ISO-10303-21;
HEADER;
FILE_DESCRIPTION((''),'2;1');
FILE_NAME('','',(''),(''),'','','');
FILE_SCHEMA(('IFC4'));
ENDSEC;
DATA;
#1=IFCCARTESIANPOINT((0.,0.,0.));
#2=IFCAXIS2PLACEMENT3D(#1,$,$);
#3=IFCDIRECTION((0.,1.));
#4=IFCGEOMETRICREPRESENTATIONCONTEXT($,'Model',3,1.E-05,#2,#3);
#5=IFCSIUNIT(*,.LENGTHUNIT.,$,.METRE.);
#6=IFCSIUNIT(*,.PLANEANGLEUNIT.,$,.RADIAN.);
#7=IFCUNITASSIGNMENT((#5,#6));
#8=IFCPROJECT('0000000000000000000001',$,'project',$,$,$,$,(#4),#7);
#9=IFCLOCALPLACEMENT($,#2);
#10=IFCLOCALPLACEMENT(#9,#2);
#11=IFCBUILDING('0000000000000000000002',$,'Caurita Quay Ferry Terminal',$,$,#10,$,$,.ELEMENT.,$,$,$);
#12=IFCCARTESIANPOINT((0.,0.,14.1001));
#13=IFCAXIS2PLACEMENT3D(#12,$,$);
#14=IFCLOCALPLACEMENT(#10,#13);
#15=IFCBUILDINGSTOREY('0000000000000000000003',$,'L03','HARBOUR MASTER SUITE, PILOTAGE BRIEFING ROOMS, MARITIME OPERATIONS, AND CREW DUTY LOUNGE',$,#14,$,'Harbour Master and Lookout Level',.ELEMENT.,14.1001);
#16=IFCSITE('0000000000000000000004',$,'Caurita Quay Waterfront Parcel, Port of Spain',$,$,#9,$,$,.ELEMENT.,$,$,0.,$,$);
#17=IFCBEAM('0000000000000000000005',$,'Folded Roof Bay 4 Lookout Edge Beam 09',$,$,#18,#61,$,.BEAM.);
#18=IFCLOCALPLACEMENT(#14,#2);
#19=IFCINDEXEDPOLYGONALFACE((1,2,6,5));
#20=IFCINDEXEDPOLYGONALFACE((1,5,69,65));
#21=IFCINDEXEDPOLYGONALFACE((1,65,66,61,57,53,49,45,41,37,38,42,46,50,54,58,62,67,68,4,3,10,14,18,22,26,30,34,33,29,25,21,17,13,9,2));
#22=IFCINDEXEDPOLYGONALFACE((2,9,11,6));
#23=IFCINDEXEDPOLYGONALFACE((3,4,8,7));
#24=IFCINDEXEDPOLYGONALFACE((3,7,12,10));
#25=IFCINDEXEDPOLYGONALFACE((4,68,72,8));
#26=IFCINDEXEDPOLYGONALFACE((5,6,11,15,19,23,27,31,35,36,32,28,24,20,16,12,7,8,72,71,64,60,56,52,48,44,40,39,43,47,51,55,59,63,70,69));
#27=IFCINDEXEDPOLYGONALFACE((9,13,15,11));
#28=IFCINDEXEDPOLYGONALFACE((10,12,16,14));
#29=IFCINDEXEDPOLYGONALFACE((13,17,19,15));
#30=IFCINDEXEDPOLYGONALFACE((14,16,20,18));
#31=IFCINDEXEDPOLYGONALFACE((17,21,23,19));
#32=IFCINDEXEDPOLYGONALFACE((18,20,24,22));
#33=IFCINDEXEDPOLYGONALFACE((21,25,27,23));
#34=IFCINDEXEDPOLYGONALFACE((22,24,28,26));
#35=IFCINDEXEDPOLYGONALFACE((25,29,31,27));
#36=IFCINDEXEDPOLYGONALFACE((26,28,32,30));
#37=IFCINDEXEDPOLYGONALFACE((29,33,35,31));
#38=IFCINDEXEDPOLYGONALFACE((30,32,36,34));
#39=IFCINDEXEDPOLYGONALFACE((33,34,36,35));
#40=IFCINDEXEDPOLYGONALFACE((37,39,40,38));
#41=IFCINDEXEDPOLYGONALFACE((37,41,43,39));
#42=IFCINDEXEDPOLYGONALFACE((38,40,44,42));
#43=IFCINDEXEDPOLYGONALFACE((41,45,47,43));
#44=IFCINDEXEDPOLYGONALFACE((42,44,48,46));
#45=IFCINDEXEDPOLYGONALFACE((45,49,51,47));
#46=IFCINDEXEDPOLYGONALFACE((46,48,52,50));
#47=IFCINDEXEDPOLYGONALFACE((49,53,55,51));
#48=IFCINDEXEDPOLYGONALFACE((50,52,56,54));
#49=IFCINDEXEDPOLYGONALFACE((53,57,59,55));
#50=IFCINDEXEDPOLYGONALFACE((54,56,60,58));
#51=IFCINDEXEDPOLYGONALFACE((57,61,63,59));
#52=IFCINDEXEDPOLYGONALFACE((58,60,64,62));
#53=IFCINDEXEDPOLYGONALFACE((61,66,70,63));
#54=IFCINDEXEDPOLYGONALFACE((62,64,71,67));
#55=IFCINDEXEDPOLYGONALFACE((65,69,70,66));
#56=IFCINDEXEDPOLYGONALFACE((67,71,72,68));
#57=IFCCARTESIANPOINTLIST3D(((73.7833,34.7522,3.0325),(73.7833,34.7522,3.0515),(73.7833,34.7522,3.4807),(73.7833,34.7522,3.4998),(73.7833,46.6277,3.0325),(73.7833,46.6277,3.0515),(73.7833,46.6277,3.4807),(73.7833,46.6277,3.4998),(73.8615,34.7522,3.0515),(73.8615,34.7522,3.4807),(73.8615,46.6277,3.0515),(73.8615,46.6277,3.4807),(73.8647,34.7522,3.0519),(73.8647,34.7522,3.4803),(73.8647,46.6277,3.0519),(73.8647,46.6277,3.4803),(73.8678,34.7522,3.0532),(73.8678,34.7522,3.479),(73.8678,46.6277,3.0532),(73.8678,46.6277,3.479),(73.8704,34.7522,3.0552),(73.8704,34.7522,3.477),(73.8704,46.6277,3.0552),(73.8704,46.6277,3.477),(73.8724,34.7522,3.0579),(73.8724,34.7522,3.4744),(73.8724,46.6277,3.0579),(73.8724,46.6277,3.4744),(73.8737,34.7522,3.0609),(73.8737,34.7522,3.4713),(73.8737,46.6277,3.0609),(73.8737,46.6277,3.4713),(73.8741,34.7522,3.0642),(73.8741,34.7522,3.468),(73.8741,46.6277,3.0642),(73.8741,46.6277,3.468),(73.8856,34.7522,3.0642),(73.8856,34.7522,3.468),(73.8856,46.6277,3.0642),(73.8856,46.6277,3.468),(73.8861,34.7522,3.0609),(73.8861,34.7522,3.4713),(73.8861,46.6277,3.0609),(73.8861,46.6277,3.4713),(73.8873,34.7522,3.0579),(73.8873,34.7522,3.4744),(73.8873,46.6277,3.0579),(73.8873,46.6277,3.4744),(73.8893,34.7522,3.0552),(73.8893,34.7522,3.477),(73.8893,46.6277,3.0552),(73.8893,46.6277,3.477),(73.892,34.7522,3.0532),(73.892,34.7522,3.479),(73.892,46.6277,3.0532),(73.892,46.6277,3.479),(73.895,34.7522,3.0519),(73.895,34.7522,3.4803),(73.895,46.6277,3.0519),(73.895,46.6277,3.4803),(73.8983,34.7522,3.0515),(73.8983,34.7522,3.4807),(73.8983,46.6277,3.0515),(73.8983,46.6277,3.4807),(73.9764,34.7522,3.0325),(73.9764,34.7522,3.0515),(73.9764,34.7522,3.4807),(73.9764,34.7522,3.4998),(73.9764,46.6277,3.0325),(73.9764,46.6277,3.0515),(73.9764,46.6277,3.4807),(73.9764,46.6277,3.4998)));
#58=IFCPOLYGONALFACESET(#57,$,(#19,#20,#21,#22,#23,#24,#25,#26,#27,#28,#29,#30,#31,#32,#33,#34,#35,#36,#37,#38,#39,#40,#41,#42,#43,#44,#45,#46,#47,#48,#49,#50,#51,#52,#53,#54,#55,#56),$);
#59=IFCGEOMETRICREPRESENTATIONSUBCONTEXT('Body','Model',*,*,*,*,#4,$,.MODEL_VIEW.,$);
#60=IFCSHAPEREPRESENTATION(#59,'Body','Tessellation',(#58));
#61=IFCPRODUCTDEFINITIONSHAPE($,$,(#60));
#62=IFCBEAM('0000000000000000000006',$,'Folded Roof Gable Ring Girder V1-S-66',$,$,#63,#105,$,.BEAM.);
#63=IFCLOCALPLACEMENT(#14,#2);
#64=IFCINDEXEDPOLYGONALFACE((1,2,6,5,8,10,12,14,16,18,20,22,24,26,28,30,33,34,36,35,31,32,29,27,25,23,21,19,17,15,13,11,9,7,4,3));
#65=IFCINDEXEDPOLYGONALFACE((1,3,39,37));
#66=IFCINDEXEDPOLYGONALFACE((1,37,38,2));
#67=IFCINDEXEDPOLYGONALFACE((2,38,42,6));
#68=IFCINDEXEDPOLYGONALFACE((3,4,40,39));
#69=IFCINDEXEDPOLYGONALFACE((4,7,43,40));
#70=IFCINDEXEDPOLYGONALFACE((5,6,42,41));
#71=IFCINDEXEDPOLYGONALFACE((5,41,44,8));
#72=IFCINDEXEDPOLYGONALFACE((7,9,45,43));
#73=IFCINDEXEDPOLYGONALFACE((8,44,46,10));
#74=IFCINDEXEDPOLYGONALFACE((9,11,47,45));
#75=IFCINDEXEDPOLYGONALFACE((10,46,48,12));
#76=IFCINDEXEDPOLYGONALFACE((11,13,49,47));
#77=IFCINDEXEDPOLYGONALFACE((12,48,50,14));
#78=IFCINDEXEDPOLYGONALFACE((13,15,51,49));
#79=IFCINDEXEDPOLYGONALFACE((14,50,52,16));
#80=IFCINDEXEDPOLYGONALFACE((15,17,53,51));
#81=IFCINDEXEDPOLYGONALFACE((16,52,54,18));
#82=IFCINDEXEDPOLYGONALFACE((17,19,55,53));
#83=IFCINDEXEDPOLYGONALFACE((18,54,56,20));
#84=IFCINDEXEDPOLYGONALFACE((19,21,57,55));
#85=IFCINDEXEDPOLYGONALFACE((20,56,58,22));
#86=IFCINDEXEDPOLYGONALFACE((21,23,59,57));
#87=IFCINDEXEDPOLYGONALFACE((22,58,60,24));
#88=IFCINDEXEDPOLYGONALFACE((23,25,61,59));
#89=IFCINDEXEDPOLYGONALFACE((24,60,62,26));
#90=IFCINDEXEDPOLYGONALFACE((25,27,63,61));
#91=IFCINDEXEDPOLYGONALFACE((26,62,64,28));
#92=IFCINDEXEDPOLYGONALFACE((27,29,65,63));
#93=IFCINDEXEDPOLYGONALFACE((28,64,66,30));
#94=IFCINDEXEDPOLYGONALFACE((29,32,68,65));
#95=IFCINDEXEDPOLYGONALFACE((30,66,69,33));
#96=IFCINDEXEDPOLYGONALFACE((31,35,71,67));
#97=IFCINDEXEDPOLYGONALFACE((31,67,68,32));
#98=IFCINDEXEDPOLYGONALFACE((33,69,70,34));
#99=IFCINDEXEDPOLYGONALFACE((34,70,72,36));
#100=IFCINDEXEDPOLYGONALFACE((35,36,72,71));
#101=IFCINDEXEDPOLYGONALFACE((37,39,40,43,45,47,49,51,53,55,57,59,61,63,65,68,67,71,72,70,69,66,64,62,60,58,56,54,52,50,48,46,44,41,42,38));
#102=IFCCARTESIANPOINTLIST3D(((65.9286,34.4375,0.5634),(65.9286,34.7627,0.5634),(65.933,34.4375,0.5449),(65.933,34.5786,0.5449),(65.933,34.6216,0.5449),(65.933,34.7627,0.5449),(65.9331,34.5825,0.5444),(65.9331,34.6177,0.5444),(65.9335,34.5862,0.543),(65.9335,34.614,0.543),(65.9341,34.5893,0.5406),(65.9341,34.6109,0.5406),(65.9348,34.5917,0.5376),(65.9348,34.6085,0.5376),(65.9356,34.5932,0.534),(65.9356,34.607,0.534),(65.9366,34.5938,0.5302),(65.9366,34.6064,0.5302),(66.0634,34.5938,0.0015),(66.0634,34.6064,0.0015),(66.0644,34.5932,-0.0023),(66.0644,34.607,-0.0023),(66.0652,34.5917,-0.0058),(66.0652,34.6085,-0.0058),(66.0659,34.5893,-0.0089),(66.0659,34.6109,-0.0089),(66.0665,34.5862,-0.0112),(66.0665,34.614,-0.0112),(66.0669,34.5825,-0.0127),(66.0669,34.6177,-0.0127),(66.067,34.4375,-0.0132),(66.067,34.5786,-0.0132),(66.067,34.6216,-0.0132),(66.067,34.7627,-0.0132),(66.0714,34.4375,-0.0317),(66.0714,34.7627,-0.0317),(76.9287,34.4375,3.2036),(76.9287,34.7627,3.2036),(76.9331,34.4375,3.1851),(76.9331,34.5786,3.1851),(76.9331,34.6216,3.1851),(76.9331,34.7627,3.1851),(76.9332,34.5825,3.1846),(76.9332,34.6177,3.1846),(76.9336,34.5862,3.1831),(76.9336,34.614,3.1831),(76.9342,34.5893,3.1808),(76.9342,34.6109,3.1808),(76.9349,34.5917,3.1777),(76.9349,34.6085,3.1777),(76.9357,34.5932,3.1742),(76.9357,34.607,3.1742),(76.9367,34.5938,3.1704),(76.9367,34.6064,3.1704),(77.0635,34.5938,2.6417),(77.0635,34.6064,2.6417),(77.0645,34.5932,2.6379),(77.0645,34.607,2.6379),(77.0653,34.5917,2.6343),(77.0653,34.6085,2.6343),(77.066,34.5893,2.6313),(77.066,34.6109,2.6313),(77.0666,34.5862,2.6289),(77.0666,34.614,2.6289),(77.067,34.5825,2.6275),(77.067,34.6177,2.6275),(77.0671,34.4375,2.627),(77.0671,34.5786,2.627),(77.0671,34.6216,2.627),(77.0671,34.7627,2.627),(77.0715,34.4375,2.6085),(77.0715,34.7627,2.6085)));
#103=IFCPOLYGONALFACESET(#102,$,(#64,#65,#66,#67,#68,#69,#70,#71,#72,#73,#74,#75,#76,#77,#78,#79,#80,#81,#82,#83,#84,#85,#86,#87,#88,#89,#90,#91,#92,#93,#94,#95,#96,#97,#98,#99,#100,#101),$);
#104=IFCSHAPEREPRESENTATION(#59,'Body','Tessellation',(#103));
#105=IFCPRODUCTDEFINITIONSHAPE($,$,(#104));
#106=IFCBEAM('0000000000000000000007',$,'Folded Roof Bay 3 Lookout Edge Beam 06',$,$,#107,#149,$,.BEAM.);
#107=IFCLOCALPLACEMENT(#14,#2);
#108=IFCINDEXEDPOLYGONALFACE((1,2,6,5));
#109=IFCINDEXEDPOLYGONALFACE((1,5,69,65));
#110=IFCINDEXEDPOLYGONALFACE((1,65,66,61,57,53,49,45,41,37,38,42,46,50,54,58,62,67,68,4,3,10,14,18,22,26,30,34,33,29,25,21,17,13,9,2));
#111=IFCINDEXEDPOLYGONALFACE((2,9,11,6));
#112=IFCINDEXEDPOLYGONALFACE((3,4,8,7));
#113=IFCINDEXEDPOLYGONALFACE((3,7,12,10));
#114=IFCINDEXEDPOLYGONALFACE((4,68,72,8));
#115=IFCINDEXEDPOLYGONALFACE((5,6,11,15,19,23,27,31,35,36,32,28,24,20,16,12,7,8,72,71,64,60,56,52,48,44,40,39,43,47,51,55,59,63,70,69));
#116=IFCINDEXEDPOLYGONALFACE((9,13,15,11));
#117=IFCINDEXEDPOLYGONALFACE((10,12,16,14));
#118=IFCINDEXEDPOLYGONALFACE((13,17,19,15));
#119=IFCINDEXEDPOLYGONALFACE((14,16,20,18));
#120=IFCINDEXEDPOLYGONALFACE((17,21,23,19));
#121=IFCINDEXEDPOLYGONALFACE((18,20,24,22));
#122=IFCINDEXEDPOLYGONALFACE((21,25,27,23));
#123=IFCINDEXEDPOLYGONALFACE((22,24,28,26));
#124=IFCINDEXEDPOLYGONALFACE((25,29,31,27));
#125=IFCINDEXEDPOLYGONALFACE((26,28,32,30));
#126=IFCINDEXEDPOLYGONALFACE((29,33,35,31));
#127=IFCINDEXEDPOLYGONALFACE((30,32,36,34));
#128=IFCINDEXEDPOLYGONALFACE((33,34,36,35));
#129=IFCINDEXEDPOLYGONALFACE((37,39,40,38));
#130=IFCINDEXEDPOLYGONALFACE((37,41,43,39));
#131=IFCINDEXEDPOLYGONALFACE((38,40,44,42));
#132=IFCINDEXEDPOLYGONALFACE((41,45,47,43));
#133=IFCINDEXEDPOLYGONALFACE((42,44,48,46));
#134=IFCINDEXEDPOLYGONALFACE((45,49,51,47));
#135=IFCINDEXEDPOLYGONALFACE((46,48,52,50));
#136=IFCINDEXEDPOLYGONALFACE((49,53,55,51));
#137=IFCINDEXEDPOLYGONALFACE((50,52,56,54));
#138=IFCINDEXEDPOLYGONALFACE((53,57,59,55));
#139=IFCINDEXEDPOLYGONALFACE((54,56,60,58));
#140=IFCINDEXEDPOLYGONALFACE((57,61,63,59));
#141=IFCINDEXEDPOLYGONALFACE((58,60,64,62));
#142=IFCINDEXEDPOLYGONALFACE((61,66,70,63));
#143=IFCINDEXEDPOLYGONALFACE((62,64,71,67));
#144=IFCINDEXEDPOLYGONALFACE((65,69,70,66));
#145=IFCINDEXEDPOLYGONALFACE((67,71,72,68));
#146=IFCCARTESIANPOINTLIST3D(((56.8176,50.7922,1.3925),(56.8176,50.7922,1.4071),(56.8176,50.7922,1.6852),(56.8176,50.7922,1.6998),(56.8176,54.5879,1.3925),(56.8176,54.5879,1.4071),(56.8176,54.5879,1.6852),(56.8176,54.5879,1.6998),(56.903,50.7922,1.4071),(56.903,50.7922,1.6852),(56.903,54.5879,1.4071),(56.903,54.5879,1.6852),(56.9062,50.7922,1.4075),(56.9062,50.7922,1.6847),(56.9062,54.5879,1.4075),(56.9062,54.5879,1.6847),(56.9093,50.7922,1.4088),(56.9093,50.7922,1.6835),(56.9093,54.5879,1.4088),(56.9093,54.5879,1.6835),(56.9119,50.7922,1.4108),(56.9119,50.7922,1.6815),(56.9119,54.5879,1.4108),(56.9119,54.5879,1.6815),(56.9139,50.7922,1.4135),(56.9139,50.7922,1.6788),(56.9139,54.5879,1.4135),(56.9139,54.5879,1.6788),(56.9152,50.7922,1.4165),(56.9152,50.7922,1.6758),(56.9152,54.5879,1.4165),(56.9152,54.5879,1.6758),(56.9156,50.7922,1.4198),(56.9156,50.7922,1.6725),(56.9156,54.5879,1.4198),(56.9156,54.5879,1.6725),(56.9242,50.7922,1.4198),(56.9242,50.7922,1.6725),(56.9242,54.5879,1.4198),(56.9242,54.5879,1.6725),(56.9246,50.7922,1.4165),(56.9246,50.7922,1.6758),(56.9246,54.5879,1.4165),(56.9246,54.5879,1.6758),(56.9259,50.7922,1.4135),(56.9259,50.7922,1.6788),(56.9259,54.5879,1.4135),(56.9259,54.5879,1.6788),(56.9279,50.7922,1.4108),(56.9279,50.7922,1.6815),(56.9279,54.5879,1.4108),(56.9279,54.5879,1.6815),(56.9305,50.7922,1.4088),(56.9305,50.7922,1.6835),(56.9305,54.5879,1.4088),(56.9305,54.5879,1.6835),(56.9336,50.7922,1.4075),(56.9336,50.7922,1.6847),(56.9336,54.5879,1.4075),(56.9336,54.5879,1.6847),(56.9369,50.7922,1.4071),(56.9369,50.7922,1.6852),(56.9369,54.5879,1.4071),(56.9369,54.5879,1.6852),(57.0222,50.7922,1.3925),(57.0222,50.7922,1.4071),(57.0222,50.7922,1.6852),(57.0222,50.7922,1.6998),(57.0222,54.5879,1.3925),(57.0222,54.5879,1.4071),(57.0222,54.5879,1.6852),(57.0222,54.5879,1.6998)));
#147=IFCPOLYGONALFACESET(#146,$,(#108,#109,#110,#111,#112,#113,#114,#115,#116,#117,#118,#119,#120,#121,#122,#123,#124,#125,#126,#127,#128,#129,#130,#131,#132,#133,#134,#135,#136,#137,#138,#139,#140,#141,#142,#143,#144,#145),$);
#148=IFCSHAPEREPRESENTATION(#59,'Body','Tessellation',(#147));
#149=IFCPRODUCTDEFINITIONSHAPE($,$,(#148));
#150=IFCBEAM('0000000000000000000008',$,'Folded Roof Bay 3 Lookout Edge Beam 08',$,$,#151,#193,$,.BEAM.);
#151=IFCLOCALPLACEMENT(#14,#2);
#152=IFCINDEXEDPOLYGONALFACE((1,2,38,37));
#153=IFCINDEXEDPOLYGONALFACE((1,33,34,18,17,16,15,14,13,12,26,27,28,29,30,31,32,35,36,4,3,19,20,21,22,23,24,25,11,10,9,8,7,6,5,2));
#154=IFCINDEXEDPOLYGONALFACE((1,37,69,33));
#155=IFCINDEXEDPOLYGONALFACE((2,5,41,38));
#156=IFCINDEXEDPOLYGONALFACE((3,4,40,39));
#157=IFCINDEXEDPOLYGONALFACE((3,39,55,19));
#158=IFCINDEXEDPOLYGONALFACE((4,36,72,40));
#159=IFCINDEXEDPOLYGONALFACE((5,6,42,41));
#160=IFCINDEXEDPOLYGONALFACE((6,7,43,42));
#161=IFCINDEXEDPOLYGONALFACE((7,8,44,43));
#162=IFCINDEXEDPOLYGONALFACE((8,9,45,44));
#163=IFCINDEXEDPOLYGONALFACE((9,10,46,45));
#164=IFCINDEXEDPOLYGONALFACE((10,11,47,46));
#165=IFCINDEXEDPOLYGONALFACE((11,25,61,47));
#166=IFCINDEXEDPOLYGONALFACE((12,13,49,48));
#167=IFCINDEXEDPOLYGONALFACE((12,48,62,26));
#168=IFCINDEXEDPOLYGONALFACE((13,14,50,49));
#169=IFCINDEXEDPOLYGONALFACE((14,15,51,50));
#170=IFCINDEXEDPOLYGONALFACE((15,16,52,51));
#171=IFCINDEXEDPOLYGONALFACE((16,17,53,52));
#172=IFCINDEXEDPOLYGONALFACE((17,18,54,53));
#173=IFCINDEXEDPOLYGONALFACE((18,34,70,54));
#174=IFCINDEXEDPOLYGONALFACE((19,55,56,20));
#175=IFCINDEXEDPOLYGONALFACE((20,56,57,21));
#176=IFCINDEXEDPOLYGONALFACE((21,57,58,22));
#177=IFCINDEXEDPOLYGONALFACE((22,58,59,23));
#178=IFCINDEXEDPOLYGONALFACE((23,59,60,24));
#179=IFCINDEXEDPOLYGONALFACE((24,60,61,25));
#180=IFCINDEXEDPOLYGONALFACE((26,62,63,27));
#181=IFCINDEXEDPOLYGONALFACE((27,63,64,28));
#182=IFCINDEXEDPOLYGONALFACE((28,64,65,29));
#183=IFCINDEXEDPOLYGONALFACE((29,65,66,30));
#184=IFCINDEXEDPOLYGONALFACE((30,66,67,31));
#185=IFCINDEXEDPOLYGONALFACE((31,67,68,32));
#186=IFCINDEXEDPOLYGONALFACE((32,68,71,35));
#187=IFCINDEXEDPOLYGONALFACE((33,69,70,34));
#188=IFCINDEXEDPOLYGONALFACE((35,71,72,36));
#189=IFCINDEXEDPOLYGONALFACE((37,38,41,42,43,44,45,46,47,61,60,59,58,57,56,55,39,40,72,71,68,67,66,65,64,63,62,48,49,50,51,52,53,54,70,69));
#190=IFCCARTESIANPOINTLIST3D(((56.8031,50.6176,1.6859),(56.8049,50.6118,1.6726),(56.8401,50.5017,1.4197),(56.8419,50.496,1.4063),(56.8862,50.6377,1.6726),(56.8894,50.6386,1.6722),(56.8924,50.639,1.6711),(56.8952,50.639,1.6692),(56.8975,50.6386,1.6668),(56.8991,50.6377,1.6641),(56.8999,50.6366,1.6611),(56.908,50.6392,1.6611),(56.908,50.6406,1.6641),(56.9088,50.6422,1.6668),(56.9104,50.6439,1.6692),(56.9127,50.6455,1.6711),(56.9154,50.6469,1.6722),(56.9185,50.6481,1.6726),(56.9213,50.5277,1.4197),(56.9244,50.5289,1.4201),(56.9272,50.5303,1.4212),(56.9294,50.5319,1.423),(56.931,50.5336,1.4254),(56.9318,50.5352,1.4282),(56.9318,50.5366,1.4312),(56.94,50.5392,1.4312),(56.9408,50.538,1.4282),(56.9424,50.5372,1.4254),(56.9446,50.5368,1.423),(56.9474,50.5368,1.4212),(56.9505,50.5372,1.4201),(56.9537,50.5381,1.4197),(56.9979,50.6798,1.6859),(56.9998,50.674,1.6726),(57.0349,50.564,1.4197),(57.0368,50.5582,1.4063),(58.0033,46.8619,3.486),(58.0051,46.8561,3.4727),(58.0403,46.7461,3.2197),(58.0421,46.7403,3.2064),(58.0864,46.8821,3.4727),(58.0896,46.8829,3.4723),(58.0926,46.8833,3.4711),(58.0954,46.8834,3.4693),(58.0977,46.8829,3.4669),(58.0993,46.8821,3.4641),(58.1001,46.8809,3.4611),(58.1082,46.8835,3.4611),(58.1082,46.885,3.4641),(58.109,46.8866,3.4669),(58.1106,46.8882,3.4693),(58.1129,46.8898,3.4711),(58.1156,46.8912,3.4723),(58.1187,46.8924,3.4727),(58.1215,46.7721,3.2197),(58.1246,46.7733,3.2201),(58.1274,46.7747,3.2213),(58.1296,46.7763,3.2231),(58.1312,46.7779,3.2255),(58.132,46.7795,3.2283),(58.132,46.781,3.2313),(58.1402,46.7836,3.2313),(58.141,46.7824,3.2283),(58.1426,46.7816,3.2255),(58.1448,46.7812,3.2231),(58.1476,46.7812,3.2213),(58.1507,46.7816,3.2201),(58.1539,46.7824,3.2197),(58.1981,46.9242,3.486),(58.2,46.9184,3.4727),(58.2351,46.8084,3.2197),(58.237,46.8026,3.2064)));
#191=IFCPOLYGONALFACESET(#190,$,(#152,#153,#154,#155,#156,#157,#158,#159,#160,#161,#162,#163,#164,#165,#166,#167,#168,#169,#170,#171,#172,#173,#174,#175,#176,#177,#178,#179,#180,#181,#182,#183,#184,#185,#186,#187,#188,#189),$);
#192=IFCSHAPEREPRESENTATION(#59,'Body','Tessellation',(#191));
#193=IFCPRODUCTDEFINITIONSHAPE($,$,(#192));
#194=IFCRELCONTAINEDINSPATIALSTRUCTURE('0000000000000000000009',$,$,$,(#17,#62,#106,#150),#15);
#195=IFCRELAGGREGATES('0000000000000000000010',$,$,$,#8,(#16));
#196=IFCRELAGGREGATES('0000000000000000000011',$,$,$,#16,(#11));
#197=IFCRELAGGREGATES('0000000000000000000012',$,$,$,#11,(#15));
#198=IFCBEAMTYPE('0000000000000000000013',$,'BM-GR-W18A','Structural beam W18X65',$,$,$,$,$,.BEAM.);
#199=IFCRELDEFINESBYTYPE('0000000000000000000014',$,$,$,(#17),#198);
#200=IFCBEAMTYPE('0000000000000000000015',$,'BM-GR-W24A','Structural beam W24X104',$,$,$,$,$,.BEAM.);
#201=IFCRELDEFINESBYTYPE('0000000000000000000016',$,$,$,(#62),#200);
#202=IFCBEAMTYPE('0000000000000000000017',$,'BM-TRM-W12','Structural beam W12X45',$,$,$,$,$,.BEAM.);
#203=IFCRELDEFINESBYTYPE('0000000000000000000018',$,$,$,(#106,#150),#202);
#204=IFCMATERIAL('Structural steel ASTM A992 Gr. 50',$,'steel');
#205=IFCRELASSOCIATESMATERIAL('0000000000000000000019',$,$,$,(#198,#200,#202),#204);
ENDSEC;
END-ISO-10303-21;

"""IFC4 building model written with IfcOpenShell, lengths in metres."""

from ifc_helpers import new_model, si_unit, direction, frame, origin, origin_2d, place, context, subcontext, project, spatial, i_section, extrude, material, material_profile, profile_set, type_object, element, save


model = new_model("IFC4")

# Units and contexts
model_context = context("Model", 3, precision=1e-05, world=origin(), true_north=direction((0.0, 1.0)))
body_context = subcontext(model_context, "Body", "Model", "MODEL_VIEW")
ifc_project = project(units=[si_unit("LENGTHUNIT", "METRE"), si_unit("PLANEANGLEUNIT", "RADIAN")], contexts=[model_context])

# Site, building, storey
site_placement = place(None, origin())
site = spatial("IfcSite", under=ifc_project, at=site_placement, Name="Caurita Quay Waterfront Parcel, Port of Spain", CompositionType="ELEMENT", RefElevation=0.0)
building_placement = place(site_placement, origin())
building = spatial("IfcBuilding", under=site, at=building_placement, Name="Caurita Quay Ferry Terminal", CompositionType="ELEMENT")
storey_placement = place(building_placement, frame((0.0, 0.0, 14.1001)))
storey = spatial("IfcBuildingStorey", under=building, at=storey_placement, Name="L03", Description="HARBOUR MASTER SUITE, PILOTAGE BRIEFING ROOMS, MARITIME OPERATIONS, AND CREW DUTY LOUNGE", LongName="Harbour Master and Lookout Level", CompositionType="ELEMENT", Elevation=14.1001)

# Beams
ifc_material_1 = material(Name="Structural steel ASTM A992 Gr. 50", Category="steel")
ifc_material_profile_1 = material_profile(ifc_material_1, i_section(OverallWidth=0.1931, OverallDepth=0.4673, WebThickness=0.0115, FlangeThickness=0.019, FilletRadius=0.0127, at=origin_2d()), Name="W18X65")
ifc_profile_set_1 = profile_set([ifc_material_profile_1], Name="Structural steel ASTM A992 Gr. 50")
beam_type_1 = type_object("IfcBeamType", Name="BM-GR-W18A", Description="Structural beam W18X65", PredefinedType="BEAM", material=ifc_profile_set_1)
for number, where, z_axis, x_axis, name in (
    (1, (73.8799, 46.6277, 3.2661), (0.0, -1.0, 0.0), (1.0, 0.0, 0.0), "Folded Roof Bay 4 Lookout Edge Beam 09"),
):
    element("IfcBeam", number, at=place(storey_placement, frame(where, z_axis=z_axis, x_axis=x_axis)), inside=storey, type_object=beam_type_1, Name=name, PredefinedType="BEAM", context=body_context, shape_type="SweptSolid", body=[
        extrude(i_section(OverallWidth=0.1931, OverallDepth=0.4673, WebThickness=0.0115, FlangeThickness=0.019, FilletRadius=0.0127, at=origin_2d()), origin(), (0.0, 0.0, 1.0), 11.8755),
    ])
ifc_material_profile_2 = material_profile(ifc_material_1, i_section(OverallWidth=0.3252, OverallDepth=0.6121, WebThickness=0.0127, FlangeThickness=0.019, FilletRadius=0.0151, at=origin_2d()), Name="W24X104")
ifc_profile_set_2 = profile_set([ifc_material_profile_2], Name="Structural steel ASTM A992 Gr. 50")
beam_type_2 = type_object("IfcBeamType", Name="BM-GR-W24A", Description="Structural beam W24X104", PredefinedType="BEAM", material=ifc_profile_set_2)
beam_1_placement = place(storey_placement, frame((66.0, 34.6001, 0.2659), z_axis=(0.972385, 0.0, 0.233384), x_axis=(0.0, 1.0, 0.0)))
element("IfcBeam", 2, at=beam_1_placement, inside=storey, type_object=beam_type_2, Name="Folded Roof Gable Ring Girder V1-S-66", PredefinedType="BEAM", context=body_context, shape_type="SweptSolid", body=[
    extrude(i_section(OverallWidth=0.3252, OverallDepth=0.6121, WebThickness=0.0127, FlangeThickness=0.019, FilletRadius=0.0151, at=origin_2d()), origin(), (0.0, 0.0, 1.0), 11.3125),
])
ifc_material_profile_3 = material_profile(ifc_material_1, i_section(OverallWidth=0.2046, OverallDepth=0.3074, WebThickness=0.0085, FlangeThickness=0.0146, FilletRadius=0.0127, at=origin_2d()), Name="W12X45")
ifc_profile_set_3 = profile_set([ifc_material_profile_3], Name="Structural steel ASTM A992 Gr. 50")
beam_type_3 = type_object("IfcBeamType", Name="BM-TRM-W12", Description="Structural beam W12X45", PredefinedType="BEAM", material=ifc_profile_set_3)
beam_2_placement = place(storey_placement, frame((56.9199, 54.5879, 1.5461), z_axis=(0.0, -1.0, 0.0), x_axis=(1.0, 0.0, 0.0)))
element("IfcBeam", 3, at=beam_2_placement, inside=storey, type_object=beam_type_3, Name="Folded Roof Bay 3 Lookout Edge Beam 06", PredefinedType="BEAM", context=body_context, shape_type="SweptSolid", body=[
    extrude(i_section(OverallWidth=0.2046, OverallDepth=0.3074, WebThickness=0.0085, FlangeThickness=0.0146, FilletRadius=0.0127, at=origin_2d()), origin(), (0.0, 0.0, 1.0), 3.7957),
])
beam_3_placement = place(storey_placement, frame((56.9199, 50.5879, 1.5461), z_axis=(0.276913, -0.866507, 0.415313), x_axis=(0.952542, 0.304407, 0.0)))
element("IfcBeam", 4, at=beam_3_placement, inside=storey, type_object=beam_type_3, Name="Folded Roof Bay 3 Lookout Edge Beam 08", PredefinedType="BEAM", context=body_context, shape_type="SweptSolid", body=[
    extrude(i_section(OverallWidth=0.2046, OverallDepth=0.3074, WebThickness=0.0085, FlangeThickness=0.0146, FilletRadius=0.0127, at=origin_2d()), origin(), (0.0, 0.0, 1.0), 4.3342),
])

save(model, "model.ifc")
